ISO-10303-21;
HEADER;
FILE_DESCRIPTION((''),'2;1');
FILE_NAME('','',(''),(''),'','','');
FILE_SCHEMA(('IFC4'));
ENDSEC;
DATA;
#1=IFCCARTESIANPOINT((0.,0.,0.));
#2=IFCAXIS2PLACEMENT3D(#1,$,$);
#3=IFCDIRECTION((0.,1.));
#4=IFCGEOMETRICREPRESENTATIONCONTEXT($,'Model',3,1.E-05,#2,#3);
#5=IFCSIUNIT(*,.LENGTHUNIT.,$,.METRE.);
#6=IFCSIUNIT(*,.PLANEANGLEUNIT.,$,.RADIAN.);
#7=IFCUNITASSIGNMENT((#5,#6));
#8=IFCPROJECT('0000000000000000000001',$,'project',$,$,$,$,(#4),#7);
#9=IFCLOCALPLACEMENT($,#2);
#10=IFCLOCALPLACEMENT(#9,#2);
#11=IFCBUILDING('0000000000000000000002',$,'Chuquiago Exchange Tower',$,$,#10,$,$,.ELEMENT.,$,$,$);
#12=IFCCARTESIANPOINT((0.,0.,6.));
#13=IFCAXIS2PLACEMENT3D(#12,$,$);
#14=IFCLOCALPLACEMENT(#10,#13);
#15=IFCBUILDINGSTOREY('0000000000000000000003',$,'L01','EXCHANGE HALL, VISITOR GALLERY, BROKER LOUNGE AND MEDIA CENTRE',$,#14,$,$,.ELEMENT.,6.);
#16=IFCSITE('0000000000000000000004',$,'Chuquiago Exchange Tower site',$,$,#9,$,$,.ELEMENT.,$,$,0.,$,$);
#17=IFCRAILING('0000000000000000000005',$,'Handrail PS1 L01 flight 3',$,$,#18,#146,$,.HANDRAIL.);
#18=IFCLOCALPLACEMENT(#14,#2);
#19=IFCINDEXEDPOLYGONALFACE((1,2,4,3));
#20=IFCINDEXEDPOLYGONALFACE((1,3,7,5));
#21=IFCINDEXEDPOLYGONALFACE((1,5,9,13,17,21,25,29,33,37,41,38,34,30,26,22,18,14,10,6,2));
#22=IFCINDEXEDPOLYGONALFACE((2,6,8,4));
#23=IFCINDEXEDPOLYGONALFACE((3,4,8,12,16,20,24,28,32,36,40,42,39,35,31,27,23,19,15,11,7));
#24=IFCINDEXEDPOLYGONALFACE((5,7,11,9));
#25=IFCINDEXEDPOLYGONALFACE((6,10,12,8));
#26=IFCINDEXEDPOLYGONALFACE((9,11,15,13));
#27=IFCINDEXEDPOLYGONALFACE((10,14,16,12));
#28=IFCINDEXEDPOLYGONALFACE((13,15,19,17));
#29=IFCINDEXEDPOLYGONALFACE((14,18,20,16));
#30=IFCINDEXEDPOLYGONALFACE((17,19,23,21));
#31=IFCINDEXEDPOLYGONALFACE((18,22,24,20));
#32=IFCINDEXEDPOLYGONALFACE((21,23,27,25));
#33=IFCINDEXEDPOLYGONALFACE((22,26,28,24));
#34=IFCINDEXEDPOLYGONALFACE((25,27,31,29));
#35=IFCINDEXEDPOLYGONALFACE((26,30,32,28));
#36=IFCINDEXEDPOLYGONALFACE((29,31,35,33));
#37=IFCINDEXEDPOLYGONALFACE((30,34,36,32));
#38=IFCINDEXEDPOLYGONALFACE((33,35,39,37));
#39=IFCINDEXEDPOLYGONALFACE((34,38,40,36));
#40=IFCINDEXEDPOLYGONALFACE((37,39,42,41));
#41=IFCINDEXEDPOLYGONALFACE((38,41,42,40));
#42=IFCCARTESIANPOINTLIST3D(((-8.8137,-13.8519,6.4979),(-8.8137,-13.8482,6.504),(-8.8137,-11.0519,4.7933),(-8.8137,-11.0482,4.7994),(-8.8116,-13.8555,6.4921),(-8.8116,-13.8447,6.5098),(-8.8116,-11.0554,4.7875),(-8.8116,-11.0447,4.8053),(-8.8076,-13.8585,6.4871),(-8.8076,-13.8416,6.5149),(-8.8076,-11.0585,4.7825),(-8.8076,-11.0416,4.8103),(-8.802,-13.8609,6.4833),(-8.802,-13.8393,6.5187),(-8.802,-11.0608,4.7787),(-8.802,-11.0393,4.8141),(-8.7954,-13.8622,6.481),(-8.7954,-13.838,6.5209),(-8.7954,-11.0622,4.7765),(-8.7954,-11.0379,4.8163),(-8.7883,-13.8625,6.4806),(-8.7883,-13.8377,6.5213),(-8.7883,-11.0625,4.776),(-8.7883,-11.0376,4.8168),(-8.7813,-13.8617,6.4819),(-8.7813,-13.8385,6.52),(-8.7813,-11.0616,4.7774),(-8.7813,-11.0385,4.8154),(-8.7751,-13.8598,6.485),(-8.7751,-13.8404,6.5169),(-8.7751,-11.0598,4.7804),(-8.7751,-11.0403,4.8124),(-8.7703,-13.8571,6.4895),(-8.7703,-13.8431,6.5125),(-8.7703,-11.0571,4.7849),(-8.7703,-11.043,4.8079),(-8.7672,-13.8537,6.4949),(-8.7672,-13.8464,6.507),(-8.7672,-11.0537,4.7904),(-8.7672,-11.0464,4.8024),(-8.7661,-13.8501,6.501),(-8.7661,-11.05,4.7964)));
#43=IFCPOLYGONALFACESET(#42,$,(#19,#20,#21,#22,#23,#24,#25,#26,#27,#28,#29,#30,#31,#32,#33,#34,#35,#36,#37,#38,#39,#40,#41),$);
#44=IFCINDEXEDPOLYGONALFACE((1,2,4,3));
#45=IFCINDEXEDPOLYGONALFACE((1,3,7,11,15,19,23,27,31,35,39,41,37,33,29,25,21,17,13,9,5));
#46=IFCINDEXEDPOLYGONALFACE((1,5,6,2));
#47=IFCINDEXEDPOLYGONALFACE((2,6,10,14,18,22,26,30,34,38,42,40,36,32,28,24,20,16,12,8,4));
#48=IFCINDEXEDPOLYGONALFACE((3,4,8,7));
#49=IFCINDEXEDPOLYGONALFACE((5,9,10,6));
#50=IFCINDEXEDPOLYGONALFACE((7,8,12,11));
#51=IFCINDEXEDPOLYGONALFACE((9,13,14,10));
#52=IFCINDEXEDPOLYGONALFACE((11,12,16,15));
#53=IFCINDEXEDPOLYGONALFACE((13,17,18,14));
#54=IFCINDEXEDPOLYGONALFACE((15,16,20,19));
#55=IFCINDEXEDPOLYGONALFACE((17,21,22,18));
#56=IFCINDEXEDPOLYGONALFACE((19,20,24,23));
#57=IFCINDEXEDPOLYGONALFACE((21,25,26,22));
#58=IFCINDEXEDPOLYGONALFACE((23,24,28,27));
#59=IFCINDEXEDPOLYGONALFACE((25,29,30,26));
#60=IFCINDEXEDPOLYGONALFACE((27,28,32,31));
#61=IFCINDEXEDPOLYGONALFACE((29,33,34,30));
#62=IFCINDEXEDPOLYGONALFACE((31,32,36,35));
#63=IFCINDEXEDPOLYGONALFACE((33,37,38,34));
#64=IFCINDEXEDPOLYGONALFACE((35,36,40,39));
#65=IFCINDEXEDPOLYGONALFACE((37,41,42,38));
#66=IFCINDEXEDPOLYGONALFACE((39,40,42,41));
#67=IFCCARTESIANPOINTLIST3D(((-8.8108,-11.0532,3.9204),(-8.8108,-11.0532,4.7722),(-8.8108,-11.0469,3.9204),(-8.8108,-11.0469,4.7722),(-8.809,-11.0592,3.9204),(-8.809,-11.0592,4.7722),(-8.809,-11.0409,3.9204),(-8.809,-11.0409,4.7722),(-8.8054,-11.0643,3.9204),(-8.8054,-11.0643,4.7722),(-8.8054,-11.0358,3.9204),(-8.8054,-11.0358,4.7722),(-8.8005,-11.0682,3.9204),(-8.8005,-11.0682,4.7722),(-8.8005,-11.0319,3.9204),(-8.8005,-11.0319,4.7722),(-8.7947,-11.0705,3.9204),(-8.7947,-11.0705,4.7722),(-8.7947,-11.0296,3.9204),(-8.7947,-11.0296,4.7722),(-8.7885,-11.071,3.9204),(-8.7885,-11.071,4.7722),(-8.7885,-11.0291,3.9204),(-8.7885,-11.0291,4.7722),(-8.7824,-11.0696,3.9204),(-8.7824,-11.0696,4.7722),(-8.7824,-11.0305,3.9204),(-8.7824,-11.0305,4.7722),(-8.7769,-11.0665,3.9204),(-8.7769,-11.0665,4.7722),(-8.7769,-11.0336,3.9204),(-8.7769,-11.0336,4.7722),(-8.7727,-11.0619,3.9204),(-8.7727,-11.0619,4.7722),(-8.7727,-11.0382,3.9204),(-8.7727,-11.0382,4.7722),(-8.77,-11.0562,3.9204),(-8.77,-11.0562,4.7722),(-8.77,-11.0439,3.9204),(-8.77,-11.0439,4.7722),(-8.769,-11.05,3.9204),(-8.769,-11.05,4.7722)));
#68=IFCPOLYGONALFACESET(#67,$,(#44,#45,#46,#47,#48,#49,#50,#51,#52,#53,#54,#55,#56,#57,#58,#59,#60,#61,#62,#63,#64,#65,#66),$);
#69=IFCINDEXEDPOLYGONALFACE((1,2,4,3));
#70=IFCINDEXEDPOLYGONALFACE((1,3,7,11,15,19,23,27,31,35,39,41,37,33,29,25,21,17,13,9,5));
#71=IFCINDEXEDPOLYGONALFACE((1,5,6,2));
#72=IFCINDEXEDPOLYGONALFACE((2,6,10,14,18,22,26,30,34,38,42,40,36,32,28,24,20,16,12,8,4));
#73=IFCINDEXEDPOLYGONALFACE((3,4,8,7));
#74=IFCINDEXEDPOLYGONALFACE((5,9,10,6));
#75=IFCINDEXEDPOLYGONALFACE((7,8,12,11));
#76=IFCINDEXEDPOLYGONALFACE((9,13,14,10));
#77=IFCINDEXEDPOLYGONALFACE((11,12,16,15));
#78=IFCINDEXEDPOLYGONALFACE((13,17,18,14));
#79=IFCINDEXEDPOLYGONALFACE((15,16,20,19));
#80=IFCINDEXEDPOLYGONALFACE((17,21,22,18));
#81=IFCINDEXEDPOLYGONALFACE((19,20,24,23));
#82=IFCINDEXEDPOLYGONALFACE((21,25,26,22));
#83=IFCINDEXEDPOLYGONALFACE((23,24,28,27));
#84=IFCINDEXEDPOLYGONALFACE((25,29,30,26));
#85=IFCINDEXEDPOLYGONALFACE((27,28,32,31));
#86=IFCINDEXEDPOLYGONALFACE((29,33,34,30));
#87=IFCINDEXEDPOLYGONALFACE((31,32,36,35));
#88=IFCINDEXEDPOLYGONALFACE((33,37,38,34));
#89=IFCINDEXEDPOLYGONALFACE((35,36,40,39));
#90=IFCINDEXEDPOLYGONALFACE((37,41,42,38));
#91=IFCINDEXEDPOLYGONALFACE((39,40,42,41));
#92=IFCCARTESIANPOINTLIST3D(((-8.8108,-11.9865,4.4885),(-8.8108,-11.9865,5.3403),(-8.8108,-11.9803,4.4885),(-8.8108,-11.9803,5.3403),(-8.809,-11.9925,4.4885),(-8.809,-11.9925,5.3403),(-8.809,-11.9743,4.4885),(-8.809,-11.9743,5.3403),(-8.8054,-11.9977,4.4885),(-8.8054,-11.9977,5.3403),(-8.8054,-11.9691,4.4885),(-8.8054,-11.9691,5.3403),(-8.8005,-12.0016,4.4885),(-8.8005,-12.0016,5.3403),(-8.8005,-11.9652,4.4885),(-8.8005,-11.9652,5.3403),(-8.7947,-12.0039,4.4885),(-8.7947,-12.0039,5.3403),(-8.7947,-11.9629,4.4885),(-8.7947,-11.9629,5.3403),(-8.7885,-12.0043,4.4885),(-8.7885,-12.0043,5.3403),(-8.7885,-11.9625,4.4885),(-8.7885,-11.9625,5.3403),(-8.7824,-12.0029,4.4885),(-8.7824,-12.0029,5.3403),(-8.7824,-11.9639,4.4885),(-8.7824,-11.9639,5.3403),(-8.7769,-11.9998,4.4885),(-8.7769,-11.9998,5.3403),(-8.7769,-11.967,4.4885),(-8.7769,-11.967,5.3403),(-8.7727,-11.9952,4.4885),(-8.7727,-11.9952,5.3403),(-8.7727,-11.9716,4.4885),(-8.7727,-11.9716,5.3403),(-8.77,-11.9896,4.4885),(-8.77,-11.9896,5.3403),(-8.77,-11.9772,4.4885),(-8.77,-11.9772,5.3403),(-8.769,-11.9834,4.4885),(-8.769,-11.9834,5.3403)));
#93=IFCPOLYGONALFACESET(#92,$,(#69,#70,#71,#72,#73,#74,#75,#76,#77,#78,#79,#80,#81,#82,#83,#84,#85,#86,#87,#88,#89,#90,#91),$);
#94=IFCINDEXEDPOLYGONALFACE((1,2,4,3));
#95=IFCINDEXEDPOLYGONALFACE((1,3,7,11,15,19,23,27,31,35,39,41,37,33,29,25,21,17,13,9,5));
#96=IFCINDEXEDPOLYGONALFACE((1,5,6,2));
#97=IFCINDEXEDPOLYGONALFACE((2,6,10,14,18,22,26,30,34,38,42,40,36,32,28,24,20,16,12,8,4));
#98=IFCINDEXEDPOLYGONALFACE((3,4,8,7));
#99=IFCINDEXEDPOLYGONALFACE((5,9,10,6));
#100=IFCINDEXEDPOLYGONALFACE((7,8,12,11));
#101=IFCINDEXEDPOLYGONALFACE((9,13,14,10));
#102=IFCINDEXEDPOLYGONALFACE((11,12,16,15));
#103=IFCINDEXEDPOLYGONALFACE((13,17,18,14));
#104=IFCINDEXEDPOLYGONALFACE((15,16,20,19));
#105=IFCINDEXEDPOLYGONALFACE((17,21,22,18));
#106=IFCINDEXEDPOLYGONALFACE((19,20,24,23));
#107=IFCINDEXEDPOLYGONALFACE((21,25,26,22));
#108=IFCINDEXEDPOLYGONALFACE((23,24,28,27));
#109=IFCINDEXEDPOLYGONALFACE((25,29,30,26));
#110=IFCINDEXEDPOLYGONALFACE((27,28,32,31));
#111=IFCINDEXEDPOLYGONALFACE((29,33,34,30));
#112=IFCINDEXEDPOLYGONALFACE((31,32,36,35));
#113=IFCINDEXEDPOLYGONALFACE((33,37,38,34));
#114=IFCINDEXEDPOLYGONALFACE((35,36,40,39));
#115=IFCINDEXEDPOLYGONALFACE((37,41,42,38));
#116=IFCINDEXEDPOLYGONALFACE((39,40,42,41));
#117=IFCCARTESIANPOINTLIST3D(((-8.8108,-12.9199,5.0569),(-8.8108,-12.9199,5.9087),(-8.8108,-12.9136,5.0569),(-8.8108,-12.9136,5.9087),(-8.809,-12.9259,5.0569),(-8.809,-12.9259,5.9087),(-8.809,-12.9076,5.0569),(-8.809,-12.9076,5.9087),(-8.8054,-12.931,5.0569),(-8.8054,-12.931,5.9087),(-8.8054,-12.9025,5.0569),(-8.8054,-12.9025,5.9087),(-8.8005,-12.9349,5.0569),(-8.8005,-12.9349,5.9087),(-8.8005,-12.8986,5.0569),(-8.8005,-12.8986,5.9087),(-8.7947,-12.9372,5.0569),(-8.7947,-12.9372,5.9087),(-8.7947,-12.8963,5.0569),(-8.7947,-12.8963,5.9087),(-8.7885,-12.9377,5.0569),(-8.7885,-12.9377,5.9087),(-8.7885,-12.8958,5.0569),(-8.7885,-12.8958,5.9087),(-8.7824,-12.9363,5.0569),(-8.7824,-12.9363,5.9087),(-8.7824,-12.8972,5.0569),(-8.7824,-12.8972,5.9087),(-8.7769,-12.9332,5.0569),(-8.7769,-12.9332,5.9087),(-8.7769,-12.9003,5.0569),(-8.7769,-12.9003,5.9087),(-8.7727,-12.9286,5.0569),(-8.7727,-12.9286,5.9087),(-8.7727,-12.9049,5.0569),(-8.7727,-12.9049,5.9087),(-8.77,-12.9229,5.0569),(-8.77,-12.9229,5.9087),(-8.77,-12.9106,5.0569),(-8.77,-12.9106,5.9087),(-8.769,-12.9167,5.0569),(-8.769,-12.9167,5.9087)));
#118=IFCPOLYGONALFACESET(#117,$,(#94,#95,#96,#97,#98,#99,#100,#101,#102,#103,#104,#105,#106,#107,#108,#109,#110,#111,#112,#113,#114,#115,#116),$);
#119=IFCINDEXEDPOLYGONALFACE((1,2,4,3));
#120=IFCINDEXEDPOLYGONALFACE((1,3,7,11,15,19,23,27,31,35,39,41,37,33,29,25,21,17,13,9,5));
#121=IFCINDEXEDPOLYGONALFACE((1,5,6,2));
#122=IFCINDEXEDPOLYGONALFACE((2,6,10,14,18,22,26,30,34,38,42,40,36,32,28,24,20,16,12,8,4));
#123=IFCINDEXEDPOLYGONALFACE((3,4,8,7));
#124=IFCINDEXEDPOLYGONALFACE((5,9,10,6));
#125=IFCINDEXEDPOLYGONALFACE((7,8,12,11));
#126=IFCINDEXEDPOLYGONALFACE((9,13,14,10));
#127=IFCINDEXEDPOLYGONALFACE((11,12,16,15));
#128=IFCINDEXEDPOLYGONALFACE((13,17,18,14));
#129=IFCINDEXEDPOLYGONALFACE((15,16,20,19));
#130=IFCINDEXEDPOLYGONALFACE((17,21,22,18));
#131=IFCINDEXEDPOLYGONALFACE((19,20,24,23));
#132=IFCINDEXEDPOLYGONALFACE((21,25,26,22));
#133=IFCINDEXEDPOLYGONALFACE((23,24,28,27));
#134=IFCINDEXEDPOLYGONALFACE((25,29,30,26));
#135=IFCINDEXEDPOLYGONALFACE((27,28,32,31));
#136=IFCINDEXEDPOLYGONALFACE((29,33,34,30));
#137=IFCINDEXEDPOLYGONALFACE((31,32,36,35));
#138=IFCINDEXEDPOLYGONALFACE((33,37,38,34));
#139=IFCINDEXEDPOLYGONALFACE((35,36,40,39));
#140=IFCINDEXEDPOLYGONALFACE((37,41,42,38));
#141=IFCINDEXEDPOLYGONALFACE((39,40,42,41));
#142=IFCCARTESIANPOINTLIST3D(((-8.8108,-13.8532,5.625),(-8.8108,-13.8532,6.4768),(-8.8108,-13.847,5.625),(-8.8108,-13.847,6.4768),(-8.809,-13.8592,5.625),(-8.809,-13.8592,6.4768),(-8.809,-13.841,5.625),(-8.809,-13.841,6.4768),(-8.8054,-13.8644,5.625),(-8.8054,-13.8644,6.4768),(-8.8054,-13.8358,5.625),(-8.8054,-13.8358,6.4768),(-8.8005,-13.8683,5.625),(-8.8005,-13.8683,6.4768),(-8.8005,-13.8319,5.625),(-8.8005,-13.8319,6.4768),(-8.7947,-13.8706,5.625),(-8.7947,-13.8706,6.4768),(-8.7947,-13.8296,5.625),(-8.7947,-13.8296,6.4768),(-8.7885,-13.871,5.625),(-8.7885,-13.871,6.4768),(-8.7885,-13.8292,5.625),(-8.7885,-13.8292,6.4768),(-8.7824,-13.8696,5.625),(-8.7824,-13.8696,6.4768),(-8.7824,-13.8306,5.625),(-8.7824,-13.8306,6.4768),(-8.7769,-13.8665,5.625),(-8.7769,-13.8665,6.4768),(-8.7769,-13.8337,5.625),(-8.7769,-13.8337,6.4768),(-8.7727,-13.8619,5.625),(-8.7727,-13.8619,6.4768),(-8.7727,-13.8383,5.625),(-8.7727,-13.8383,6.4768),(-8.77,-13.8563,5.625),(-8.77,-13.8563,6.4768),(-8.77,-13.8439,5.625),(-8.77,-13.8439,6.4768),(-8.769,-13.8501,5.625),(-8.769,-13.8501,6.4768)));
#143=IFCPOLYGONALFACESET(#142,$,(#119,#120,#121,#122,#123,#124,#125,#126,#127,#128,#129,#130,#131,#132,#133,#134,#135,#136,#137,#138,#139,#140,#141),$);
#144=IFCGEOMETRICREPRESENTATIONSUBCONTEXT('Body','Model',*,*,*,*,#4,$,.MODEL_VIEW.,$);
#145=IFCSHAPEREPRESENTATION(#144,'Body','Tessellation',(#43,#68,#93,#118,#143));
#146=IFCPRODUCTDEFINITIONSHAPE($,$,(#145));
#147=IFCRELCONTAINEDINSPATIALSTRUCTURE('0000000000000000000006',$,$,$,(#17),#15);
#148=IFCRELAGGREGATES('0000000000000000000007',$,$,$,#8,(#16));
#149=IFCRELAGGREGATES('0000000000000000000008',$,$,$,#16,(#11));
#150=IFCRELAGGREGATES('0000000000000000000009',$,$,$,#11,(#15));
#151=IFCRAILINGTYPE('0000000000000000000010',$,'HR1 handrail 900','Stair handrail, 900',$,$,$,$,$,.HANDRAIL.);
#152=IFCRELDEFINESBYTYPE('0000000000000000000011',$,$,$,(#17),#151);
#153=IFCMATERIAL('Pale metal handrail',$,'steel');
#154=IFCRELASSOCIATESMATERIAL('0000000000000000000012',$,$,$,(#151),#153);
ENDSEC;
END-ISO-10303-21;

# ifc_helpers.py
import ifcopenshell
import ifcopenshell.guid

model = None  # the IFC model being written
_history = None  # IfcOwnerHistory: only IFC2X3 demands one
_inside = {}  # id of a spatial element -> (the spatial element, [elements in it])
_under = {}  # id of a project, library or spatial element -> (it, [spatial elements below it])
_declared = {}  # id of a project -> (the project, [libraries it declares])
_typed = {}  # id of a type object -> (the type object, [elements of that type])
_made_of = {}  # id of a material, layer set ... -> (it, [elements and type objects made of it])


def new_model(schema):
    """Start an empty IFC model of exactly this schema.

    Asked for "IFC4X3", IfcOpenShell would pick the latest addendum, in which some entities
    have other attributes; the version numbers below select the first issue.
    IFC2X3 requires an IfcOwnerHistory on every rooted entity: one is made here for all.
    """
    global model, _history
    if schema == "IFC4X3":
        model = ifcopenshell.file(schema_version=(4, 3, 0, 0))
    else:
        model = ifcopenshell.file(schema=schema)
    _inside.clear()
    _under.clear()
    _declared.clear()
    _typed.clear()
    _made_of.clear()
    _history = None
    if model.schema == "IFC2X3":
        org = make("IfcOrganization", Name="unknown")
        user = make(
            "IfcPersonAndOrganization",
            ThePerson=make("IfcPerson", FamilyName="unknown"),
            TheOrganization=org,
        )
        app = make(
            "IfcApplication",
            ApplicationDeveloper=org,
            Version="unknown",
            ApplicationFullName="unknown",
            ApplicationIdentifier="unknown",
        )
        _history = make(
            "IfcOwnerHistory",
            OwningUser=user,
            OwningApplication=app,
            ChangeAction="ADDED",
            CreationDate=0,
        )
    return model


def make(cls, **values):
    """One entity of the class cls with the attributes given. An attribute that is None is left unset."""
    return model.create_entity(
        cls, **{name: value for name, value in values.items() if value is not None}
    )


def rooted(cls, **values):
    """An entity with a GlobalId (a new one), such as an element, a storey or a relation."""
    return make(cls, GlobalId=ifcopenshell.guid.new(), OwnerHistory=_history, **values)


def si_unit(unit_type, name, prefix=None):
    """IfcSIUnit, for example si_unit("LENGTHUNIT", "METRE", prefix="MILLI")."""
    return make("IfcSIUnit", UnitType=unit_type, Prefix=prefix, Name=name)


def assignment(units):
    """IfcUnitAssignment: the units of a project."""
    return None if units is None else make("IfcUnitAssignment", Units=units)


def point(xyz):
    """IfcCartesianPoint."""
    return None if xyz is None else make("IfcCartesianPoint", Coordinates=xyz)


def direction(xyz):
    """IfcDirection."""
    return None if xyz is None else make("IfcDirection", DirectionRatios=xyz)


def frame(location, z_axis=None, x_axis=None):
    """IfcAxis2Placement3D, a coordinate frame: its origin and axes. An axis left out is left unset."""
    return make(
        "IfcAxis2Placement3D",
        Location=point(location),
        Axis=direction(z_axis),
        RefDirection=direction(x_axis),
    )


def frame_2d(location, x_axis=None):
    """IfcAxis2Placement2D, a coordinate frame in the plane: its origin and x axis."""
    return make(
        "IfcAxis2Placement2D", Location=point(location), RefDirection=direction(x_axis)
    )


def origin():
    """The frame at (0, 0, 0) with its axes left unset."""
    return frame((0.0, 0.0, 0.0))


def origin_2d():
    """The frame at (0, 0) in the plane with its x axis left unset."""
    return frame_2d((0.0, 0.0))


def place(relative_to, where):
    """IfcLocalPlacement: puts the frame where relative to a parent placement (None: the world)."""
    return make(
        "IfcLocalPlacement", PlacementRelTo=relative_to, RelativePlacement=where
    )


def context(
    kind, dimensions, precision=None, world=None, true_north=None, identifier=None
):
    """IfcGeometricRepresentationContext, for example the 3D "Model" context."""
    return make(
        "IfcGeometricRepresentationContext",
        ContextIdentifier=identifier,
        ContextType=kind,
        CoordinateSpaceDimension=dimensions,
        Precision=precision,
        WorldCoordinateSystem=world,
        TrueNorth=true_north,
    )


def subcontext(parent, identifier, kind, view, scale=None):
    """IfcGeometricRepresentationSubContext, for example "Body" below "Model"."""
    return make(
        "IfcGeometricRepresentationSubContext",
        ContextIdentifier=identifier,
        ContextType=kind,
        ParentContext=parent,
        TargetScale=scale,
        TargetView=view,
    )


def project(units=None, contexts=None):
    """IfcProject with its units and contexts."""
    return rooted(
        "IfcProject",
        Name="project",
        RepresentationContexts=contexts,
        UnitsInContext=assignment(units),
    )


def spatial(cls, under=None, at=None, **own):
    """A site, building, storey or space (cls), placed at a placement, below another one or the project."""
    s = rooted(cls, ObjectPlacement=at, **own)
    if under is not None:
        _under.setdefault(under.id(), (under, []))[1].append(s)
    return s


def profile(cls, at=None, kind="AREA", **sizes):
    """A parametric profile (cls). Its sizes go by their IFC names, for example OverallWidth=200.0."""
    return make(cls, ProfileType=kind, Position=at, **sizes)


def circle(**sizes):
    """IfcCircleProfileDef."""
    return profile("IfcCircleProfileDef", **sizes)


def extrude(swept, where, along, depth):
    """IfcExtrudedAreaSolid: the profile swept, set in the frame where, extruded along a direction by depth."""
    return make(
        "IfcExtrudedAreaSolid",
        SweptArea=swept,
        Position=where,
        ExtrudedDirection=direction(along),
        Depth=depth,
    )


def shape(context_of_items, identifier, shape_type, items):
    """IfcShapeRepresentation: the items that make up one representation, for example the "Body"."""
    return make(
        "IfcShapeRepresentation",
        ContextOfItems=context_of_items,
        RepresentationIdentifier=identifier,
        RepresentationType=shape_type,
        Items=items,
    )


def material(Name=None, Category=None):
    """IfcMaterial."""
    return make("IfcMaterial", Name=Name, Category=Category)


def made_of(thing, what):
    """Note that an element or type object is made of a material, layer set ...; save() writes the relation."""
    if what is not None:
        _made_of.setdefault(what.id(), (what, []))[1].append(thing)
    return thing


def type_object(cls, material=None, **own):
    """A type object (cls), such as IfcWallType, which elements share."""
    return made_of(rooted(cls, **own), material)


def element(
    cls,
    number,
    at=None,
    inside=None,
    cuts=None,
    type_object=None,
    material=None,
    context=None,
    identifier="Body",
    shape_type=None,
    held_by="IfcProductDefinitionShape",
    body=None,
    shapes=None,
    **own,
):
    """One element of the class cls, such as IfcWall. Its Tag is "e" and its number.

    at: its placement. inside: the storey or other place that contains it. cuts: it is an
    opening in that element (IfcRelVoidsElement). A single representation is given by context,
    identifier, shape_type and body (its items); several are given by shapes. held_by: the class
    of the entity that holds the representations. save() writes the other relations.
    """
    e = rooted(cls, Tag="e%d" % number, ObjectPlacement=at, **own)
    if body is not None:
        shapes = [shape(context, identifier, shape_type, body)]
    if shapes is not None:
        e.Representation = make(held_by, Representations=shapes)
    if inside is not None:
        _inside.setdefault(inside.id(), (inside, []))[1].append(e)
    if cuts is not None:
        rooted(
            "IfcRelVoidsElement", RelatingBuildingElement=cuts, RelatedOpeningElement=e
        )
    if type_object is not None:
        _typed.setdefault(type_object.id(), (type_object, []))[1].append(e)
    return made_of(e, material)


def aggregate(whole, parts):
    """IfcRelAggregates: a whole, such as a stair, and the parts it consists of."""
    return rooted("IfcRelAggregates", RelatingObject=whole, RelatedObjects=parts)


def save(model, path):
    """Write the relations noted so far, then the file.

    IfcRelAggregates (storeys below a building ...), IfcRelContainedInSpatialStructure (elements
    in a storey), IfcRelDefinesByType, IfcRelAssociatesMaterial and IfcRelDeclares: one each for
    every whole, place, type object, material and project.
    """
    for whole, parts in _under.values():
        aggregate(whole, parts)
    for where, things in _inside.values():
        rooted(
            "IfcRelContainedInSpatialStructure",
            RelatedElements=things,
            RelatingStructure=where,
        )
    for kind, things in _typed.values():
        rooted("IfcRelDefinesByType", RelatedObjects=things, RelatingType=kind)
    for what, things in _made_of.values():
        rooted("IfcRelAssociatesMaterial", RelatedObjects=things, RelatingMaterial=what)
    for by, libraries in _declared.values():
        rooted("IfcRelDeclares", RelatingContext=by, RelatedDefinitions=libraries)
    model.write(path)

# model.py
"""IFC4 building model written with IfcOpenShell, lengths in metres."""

from ifc_helpers import new_model, si_unit, direction, frame, origin, origin_2d, place, context, subcontext, project, spatial, circle, extrude, material, type_object, element, save


model = new_model("IFC4")

# Units and contexts
model_context = context("Model", 3, precision=1e-05, world=origin(), true_north=direction((0.0, 1.0)))
body_context = subcontext(model_context, "Body", "Model", "MODEL_VIEW")
ifc_project = project(units=[si_unit("LENGTHUNIT", "METRE"), si_unit("PLANEANGLEUNIT", "RADIAN")], contexts=[model_context])

# Site, building, storey
site_placement = place(None, origin())
site = spatial("IfcSite", under=ifc_project, at=site_placement, Name="Chuquiago Exchange Tower site", CompositionType="ELEMENT", RefElevation=0.0)
building_placement = place(site_placement, origin())
building = spatial("IfcBuilding", under=site, at=building_placement, Name="Chuquiago Exchange Tower", CompositionType="ELEMENT")
storey_placement = place(building_placement, frame((0.0, 0.0, 6.0)))
storey = spatial("IfcBuildingStorey", under=building, at=storey_placement, Name="L01", Description="EXCHANGE HALL, VISITOR GALLERY, BROKER LOUNGE AND MEDIA CENTRE", CompositionType="ELEMENT", Elevation=6.0)

# Railing
ifc_material_1 = material(Name="Pale metal handrail", Category="steel")
railing_type = type_object("IfcRailingType", Name="HR1 handrail 900", Description="Stair handrail, 900", PredefinedType="HANDRAIL", material=ifc_material_1)
for number, where, name in (
    (1, (-8.79, -11.05, 3.9204), "Handrail PS1 L01 flight 3"),
):
    element("IfcRailing", number, at=place(storey_placement, frame(where)), inside=storey, type_object=railing_type, Name=name, PredefinedType="HANDRAIL", context=body_context, shape_type="SweptSolid", body=[
        extrude(circle(Radius=0.0239, at=origin_2d()), frame((0.0, 0.0, 0.876), z_axis=(0.0, -0.85417, 0.519994), x_axis=(1.0, 0.0, 0.0)), (0.0, 0.0, 1.0), 3.2781),
        extrude(circle(Radius=0.021, at=origin_2d()), origin(), (0.0, 0.0, 1.0), 0.8518),
        extrude(circle(Radius=0.021, at=origin_2d()), frame((0.0, -0.9333, 0.5681)), (0.0, 0.0, 1.0), 0.8518),
        extrude(circle(Radius=0.021, at=origin_2d()), frame((0.0, -1.8667, 1.1365)), (0.0, 0.0, 1.0), 0.8518),
        extrude(circle(Radius=0.021, at=origin_2d()), frame((0.0, -2.8, 1.7046)), (0.0, 0.0, 1.0), 0.8518),
    ])

save(model, "model.ifc")
